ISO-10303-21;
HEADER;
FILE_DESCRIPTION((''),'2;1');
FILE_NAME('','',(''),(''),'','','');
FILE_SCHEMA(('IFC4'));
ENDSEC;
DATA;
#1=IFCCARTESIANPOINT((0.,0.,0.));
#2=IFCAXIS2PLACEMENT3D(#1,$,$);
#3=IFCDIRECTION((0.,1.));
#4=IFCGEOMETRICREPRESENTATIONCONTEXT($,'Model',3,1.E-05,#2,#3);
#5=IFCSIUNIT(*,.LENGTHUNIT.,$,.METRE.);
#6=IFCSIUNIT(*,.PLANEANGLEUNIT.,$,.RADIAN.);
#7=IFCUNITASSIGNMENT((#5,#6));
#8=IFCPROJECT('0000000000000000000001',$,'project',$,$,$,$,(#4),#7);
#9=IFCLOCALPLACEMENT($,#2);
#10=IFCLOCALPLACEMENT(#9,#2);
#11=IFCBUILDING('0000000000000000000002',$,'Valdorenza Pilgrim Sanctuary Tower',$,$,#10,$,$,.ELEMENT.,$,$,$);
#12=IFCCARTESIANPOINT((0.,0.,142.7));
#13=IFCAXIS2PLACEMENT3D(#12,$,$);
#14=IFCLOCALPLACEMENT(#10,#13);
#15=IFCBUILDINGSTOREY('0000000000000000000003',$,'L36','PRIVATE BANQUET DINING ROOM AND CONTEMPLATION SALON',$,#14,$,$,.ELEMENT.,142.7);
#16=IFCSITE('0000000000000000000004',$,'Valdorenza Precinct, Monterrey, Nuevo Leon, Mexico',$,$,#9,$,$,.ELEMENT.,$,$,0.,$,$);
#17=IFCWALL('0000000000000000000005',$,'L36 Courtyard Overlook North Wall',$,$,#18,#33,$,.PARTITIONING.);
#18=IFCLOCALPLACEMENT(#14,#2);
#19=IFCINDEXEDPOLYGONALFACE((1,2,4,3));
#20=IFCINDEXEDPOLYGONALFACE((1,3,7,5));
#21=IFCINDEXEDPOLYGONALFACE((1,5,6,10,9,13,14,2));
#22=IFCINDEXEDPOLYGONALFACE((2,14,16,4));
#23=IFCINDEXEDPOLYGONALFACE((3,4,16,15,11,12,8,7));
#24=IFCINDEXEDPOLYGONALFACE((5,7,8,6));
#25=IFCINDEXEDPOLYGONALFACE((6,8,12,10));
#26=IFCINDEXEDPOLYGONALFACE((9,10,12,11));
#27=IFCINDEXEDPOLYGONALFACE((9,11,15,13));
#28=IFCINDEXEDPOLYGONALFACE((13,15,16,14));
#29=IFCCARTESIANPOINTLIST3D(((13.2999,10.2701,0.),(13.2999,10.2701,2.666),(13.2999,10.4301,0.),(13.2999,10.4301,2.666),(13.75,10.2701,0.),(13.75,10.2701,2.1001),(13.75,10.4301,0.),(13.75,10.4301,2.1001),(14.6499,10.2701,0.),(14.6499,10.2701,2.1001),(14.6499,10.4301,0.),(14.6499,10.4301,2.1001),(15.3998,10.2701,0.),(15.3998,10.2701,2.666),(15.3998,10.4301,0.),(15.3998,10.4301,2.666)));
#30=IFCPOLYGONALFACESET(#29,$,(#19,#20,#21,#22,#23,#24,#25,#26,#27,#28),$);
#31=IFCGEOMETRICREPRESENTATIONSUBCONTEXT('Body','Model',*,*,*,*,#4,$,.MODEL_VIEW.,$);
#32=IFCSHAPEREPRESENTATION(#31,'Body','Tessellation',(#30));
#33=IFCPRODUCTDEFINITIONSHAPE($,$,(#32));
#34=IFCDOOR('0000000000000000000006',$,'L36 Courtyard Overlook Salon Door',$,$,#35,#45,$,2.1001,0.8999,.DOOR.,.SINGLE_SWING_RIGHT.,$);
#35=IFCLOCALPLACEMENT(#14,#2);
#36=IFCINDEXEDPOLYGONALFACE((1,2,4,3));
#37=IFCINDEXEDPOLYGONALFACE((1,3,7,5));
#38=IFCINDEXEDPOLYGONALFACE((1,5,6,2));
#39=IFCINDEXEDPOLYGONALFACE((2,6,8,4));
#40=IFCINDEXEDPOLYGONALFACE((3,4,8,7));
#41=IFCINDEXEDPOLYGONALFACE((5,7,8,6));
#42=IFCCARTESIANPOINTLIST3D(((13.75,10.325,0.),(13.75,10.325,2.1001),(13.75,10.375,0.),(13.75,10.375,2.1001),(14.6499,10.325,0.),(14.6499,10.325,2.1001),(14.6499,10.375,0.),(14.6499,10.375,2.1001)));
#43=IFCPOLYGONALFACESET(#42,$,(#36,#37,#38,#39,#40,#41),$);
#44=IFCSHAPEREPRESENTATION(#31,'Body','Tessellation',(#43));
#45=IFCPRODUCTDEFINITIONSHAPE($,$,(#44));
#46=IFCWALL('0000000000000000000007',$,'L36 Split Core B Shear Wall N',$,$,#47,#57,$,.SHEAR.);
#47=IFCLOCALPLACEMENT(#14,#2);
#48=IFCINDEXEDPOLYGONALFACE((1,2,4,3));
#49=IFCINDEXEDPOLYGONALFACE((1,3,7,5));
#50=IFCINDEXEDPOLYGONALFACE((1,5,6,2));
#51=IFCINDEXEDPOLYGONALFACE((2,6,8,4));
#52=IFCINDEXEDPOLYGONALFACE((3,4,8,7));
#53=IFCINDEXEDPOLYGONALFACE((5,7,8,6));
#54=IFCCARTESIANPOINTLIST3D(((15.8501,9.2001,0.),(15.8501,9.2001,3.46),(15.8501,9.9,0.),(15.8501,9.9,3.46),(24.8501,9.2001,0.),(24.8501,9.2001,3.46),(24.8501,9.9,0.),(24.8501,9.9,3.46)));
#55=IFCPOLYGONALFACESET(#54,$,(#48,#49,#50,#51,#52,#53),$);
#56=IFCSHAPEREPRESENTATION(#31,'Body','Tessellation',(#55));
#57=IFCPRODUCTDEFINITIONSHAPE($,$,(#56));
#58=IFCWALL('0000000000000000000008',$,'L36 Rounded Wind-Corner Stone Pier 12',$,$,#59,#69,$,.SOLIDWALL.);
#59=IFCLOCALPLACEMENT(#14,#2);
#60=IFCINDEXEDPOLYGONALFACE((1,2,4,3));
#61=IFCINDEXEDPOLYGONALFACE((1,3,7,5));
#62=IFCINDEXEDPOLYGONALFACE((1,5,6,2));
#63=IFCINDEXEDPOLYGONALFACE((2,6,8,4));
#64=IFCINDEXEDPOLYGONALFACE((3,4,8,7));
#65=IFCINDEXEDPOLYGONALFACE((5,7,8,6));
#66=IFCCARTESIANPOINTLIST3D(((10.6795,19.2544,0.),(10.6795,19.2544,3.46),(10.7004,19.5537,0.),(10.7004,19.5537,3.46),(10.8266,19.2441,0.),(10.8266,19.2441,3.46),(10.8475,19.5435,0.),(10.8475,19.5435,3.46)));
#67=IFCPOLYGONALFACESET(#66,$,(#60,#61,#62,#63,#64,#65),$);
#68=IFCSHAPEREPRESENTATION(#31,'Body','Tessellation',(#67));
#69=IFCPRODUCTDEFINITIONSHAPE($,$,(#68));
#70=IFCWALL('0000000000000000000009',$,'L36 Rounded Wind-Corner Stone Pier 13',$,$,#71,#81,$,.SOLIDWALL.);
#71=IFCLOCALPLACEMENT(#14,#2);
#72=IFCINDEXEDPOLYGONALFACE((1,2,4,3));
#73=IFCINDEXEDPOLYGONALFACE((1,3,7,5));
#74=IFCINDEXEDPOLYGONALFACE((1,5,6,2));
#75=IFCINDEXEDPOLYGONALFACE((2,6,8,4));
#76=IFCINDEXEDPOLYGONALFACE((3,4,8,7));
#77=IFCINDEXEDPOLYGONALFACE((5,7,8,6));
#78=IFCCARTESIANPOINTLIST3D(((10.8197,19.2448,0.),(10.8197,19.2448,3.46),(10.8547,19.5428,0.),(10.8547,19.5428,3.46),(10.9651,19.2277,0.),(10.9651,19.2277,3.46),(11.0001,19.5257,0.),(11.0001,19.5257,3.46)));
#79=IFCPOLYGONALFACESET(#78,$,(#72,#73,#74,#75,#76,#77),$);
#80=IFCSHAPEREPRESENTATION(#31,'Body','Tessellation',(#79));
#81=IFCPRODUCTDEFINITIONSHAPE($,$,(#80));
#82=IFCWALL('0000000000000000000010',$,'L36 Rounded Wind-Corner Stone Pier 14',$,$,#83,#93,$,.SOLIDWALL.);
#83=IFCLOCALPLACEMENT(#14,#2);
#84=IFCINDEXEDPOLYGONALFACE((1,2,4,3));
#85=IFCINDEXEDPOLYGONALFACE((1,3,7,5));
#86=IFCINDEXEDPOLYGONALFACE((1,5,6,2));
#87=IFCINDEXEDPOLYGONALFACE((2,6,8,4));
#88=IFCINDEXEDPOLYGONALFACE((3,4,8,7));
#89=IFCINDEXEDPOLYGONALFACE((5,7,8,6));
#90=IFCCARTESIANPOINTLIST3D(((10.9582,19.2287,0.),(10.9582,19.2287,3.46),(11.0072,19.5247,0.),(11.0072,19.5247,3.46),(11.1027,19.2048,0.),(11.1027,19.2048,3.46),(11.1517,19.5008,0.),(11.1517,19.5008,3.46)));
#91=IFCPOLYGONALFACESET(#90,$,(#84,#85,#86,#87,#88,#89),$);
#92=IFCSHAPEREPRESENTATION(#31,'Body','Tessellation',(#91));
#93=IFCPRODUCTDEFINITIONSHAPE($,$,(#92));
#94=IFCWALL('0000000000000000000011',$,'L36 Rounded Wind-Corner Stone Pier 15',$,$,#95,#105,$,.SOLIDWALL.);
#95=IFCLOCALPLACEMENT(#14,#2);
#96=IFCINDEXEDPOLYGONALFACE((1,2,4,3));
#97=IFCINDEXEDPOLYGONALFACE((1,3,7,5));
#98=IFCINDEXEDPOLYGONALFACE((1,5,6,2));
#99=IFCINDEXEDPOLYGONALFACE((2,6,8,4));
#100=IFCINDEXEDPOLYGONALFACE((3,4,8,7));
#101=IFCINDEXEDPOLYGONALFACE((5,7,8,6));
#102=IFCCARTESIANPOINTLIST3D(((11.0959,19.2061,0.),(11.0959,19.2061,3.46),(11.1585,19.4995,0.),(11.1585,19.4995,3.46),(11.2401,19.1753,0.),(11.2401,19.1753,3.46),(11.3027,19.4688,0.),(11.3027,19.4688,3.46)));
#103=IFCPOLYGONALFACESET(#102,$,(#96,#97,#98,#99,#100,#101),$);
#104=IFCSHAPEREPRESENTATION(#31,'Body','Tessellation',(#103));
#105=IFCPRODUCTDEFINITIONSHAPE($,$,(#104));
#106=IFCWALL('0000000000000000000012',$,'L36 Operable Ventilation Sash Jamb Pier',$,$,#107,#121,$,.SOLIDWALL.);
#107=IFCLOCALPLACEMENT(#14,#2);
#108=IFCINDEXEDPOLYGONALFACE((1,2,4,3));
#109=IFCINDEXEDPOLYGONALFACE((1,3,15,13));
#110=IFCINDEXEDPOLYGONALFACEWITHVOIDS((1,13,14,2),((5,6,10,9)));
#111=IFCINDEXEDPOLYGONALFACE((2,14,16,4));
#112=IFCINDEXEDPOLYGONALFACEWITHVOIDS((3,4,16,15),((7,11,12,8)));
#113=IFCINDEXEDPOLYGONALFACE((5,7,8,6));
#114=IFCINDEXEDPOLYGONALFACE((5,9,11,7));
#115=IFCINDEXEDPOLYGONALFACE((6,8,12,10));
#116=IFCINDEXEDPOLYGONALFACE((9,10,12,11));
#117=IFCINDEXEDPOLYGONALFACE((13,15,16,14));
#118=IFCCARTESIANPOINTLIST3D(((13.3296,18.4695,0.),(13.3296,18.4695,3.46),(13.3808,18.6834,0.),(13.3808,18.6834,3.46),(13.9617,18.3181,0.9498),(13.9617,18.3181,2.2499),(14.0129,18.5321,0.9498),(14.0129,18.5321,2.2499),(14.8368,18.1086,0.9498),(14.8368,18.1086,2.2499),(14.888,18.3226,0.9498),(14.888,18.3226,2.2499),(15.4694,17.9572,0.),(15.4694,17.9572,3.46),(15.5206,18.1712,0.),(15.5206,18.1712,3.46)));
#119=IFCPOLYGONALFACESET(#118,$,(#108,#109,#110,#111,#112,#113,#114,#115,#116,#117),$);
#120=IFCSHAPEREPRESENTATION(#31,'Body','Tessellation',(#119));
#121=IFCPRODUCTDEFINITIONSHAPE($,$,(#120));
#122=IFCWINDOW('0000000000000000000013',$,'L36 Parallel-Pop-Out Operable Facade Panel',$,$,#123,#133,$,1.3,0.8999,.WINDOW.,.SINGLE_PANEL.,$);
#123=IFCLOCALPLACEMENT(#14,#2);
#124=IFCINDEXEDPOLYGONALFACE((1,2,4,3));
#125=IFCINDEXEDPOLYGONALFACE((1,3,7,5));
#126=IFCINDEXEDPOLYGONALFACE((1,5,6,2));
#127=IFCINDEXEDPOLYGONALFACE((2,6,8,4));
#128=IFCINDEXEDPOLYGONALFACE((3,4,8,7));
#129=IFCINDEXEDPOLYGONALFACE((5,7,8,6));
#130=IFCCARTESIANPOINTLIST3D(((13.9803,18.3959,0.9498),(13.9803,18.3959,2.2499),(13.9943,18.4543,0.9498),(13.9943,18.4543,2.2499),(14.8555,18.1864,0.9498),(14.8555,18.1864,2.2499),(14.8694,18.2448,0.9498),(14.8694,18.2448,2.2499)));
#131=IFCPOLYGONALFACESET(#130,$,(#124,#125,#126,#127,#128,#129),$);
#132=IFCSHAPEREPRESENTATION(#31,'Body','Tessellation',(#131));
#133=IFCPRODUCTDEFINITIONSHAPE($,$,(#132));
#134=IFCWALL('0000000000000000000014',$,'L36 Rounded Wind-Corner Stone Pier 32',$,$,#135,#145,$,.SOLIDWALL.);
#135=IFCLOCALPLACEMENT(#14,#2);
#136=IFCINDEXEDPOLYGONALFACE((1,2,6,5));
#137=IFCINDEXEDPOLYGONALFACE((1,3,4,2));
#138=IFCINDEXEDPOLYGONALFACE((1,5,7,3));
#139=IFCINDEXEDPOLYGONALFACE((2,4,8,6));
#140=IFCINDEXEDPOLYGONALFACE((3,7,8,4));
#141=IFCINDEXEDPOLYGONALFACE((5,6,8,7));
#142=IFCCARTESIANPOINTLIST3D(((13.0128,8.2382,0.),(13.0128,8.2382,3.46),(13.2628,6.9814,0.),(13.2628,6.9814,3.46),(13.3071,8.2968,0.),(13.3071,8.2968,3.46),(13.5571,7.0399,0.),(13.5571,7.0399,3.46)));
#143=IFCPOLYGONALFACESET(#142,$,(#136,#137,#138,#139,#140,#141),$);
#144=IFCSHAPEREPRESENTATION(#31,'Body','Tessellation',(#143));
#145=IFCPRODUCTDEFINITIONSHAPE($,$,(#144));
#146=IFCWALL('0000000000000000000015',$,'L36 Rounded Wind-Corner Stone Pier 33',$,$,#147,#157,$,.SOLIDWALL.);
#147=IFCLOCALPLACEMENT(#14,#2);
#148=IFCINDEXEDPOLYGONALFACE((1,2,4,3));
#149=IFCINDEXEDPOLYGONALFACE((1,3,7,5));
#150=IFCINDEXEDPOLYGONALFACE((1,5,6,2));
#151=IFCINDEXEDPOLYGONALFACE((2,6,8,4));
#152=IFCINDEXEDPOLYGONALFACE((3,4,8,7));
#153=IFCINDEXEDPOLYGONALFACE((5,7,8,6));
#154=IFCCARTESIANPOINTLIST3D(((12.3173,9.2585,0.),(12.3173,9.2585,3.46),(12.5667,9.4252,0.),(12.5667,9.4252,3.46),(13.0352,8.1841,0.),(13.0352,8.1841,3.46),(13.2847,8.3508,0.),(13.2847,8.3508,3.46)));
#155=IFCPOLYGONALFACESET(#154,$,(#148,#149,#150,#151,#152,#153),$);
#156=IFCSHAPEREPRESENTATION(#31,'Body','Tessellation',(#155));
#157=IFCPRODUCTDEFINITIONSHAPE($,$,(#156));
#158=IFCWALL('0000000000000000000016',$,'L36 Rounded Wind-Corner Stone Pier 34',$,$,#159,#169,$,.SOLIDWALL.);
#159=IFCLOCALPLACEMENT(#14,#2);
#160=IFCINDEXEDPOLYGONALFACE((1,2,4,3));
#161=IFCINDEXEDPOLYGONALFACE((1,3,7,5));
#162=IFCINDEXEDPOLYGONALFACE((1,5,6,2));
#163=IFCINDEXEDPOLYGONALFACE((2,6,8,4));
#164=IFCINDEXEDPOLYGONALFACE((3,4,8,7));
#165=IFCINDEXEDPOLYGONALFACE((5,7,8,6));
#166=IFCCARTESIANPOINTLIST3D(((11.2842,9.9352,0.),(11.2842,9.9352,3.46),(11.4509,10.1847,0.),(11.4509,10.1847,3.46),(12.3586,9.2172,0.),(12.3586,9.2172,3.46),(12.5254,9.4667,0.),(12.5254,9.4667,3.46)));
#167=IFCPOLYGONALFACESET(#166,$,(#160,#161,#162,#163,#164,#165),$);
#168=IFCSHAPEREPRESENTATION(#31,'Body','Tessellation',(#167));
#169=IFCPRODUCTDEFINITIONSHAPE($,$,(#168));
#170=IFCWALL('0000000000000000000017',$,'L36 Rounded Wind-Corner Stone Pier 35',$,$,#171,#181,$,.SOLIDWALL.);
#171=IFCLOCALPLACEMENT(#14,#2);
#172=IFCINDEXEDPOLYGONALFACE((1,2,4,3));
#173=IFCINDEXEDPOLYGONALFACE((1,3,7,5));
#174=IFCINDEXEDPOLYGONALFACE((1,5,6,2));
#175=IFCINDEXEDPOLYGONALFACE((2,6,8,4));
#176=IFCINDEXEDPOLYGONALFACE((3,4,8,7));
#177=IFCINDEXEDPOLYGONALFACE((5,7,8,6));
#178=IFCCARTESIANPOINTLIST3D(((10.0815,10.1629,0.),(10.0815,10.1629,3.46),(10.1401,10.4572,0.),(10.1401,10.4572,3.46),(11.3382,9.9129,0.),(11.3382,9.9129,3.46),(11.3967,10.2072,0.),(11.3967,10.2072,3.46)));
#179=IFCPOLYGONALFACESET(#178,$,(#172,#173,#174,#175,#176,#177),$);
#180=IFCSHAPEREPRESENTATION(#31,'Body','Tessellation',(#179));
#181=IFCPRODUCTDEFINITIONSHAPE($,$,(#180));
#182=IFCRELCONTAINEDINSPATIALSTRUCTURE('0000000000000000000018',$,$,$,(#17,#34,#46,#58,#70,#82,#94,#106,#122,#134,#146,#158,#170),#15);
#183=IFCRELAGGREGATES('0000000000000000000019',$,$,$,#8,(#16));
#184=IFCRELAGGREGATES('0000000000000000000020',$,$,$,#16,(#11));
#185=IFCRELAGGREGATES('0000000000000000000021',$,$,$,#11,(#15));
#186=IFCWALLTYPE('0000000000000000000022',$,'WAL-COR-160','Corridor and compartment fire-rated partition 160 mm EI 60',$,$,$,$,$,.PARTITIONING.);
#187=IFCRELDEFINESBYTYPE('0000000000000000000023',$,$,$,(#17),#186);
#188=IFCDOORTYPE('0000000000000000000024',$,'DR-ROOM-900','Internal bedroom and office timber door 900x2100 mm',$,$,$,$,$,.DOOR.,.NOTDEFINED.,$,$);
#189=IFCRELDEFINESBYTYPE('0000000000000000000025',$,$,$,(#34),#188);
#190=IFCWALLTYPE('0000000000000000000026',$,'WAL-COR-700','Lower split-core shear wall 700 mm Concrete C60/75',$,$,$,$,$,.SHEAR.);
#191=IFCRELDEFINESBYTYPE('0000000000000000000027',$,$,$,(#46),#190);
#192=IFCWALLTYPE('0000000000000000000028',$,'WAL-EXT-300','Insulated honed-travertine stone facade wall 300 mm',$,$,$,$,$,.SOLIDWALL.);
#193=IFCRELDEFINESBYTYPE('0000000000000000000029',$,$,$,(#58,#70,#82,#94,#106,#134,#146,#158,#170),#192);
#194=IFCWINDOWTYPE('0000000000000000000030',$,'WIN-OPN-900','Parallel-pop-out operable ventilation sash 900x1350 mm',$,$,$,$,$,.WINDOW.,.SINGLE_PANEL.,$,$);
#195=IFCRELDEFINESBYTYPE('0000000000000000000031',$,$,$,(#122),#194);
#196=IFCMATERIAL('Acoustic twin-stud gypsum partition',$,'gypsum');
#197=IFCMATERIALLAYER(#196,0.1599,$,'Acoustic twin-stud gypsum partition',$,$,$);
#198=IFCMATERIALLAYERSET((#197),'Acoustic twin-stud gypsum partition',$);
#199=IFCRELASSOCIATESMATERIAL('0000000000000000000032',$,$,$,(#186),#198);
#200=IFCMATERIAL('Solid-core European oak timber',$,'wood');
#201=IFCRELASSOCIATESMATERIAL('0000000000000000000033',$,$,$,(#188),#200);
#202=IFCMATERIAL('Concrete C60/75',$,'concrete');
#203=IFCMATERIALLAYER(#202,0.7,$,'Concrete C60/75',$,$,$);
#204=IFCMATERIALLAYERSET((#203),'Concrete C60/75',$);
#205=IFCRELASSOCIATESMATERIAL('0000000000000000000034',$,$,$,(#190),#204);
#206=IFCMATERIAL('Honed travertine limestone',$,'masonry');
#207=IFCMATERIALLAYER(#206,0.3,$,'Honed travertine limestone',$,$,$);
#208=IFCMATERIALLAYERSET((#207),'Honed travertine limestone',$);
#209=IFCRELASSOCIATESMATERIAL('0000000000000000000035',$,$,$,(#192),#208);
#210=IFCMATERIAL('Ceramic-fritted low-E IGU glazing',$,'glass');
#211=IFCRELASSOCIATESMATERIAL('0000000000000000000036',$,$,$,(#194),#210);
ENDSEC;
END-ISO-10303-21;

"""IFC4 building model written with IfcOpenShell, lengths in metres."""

from ifc_helpers import new_model, si_unit, direction, frame, frame_2d, origin, place, context, subcontext, project, spatial, rectangle, extrude, material, layer, layer_set, type_object, element, fill, save


model = new_model("IFC4")

# Units and contexts
model_context = context("Model", 3, precision=1e-05, world=origin(), true_north=direction((0.0, 1.0)))
body_context = subcontext(model_context, "Body", "Model", "MODEL_VIEW")
ifc_project = project(units=[si_unit("LENGTHUNIT", "METRE"), si_unit("PLANEANGLEUNIT", "RADIAN")], contexts=[model_context])

# Site, building, storey
site_placement = place(None, origin())
site = spatial("IfcSite", under=ifc_project, at=site_placement, Name="Valdorenza Precinct, Monterrey, Nuevo Leon, Mexico", CompositionType="ELEMENT", RefElevation=0.0)
building_placement = place(site_placement, origin())
building = spatial("IfcBuilding", under=site, at=building_placement, Name="Valdorenza Pilgrim Sanctuary Tower", CompositionType="ELEMENT")
storey_placement = place(building_placement, frame((0.0, 0.0, 142.7)))
storey = spatial("IfcBuildingStorey", under=building, at=storey_placement, Name="L36", Description="PRIVATE BANQUET DINING ROOM AND CONTEMPLATION SALON", CompositionType="ELEMENT", Elevation=142.7)

# Shared definitions
ifc_material_1 = material(Name="Concrete C60/75", Category="concrete")

# Shared definitions
ifc_material_2 = material(Name="Honed travertine limestone", Category="masonry")
ifc_material_3 = material(Name="Ceramic-fritted low-E IGU glazing", Category="glass")

# Shared definitions
ifc_material_4 = material(Name="Acoustic twin-stud gypsum partition", Category="gypsum")
ifc_layer_1 = layer(ifc_material_4, 0.1599, Name="Acoustic twin-stud gypsum partition")
ifc_layer_set_1 = layer_set([ifc_layer_1], Name="Acoustic twin-stud gypsum partition")
wall_type_1 = type_object("IfcWallType", Name="WAL-COR-160", Description="Corridor and compartment fire-rated partition 160 mm EI 60", PredefinedType="PARTITIONING", material=ifc_layer_set_1)

# Shared definitions
ifc_material_5 = material(Name="Solid-core European oak timber", Category="wood")
door_type = type_object("IfcDoorType", Name="DR-ROOM-900", Description="Internal bedroom and office timber door 900x2100 mm", OperationType="NOTDEFINED", PredefinedType="DOOR", material=ifc_material_5)

# Wall, opening, door
wall_1_placement = place(storey_placement, frame((13.3, 10.3501, 0.0), z_axis=(0.0, 0.0, 1.0), x_axis=(1.0, 0.0, 0.0)))
wall_1 = element("IfcWall", 1, at=wall_1_placement, inside=storey, type_object=wall_type_1, Name="L36 Courtyard Overlook North Wall", PredefinedType="PARTITIONING", context=body_context, shape_type="SweptSolid", body=[
    extrude(rectangle(XDim=2.0999, YDim=0.1599, at=frame_2d((1.0498, 0.0))), origin(), (0.0, 0.0, 1.0), 2.666),
])
opening_1_placement = place(wall_1_placement, frame((0.45, 0.0, 0.0)))
opening_1 = element("IfcOpeningElement", 2, at=opening_1_placement, cuts=wall_1, PredefinedType="OPENING", context=body_context, shape_type="SweptSolid", body=[
    extrude(rectangle(XDim=0.8999, YDim=2.1001, at=frame_2d((0.45, 1.05))), frame((0.0, 0.0947, 0.0), z_axis=(0.0, -1.0, 0.0), x_axis=(1.0, 0.0, 0.0)), (0.0, 0.0, 1.0), 0.1897),
])
door_1_placement = place(opening_1_placement, origin())
door_1 = element("IfcDoor", 3, at=door_1_placement, inside=storey, type_object=door_type, Name="L36 Courtyard Overlook Salon Door", OperationType="SINGLE_SWING_RIGHT", OverallHeight=2.1001, OverallWidth=0.8999, PredefinedType="DOOR", context=body_context, shape_type="SweptSolid", body=[
    extrude(rectangle(XDim=0.8999, YDim=2.1001, at=frame_2d((0.45, 1.05))), frame((0.0, 0.0249, 0.0), z_axis=(0.0, -1.0, 0.0), x_axis=(1.0, 0.0, 0.0)), (0.0, 0.0, 1.0), 0.05),
])
fill(opening_1, door_1)

# Walls
ifc_layer_2 = layer(ifc_material_1, 0.7, Name="Concrete C60/75")
ifc_layer_set_2 = layer_set([ifc_layer_2], Name="Concrete C60/75")
wall_type_2 = type_object("IfcWallType", Name="WAL-COR-700", Description="Lower split-core shear wall 700 mm Concrete C60/75", PredefinedType="SHEAR", material=ifc_layer_set_2)
wall_2_placement = place(storey_placement, frame((15.8501, 9.55, 0.0), z_axis=(0.0, 0.0, 1.0), x_axis=(1.0, 0.0, 0.0)))
element("IfcWall", 4, at=wall_2_placement, inside=storey, type_object=wall_type_2, Name="L36 Split Core B Shear Wall N", PredefinedType="SHEAR", context=body_context, shape_type="SweptSolid", body=[
    extrude(rectangle(XDim=9.0, YDim=0.7, at=frame_2d((4.5, 0.0))), origin(), (0.0, 0.0, 1.0), 3.46),
])
ifc_layer_3 = layer(ifc_material_2, 0.3, Name="Honed travertine limestone")
ifc_layer_set_3 = layer_set([ifc_layer_3], Name="Honed travertine limestone")
wall_type_3 = type_object("IfcWallType", Name="WAL-EXT-300", Description="Insulated honed-travertine stone facade wall 300 mm", PredefinedType="SOLIDWALL", material=ifc_layer_set_3)
wall_3_placement = place(storey_placement, frame((10.6899, 19.4041, 0.0), z_axis=(0.0, 0.0, 1.0), x_axis=(0.997583, -0.069483, 0.0)))
element("IfcWall", 5, at=wall_3_placement, inside=storey, type_object=wall_type_3, Name="L36 Rounded Wind-Corner Stone Pier 12", PredefinedType="SOLIDWALL", context=body_context, shape_type="SweptSolid", body=[
    extrude(rectangle(XDim=0.1475, YDim=0.3, at=frame_2d((0.0737, 0.0))), origin(), (0.0, 0.0, 1.0), 3.46),
])
for number, where, z_axis, x_axis, name in (
    (6, (10.8372, 19.3938, 0.0), (0.0, 0.0, 1.0), (0.993173, -0.116648, 0.0), "L36 Rounded Wind-Corner Stone Pier 13"),
    (7, (10.9827, 19.3767, 0.0), (0.0, 0.0, 1.0), (0.986573, -0.163318, 0.0), "L36 Rounded Wind-Corner Stone Pier 14"),
):
    element("IfcWall", number, at=place(storey_placement, frame(where, z_axis=z_axis, x_axis=x_axis)), inside=storey, type_object=wall_type_3, Name=name, PredefinedType="SOLIDWALL", context=body_context, shape_type="SweptSolid", body=[
        extrude(rectangle(XDim=0.1465, YDim=0.3, at=frame_2d((0.0732, 0.0))), origin(), (0.0, 0.0, 1.0), 3.46),
    ])
wall_4_placement = place(storey_placement, frame((11.1272, 19.3528, 0.0), z_axis=(0.0, 0.0, 1.0), x_axis=(0.97802, -0.208512, 0.0)))
element("IfcWall", 8, at=wall_4_placement, inside=storey, type_object=wall_type_3, Name="L36 Rounded Wind-Corner Stone Pier 15", PredefinedType="SOLIDWALL", context=body_context, shape_type="SweptSolid", body=[
    extrude(rectangle(XDim=0.1475, YDim=0.3, at=frame_2d((0.0737, 0.0))), origin(), (0.0, 0.0, 1.0), 3.46),
])

# Wall, opening, window
wall_5_placement = place(storey_placement, frame((13.3552, 18.5764, 0.0), z_axis=(0.0, 0.0, 1.0), x_axis=(0.972522, -0.232811, 0.0)))
wall_5 = element("IfcWall", 9, at=wall_5_placement, inside=storey, type_object=wall_type_3, Name="L36 Operable Ventilation Sash Jamb Pier", PredefinedType="SOLIDWALL", context=body_context, shape_type="SweptSolid", body=[
    extrude(rectangle(XDim=2.2002, YDim=0.22, at=frame_2d((1.1001, 0.0))), origin(), (0.0, 0.0, 1.0), 3.46),
])
opening_2_placement = place(wall_5_placement, frame((0.6499, 0.0, 0.95)))
opening_2 = element("IfcOpeningElement", 10, at=opening_2_placement, cuts=wall_5, PredefinedType="OPENING", context=body_context, shape_type="SweptSolid", body=[
    extrude(rectangle(XDim=0.8999, YDim=1.3, at=frame_2d((0.45, 0.6499))), frame((0.0, 0.125, 0.0), z_axis=(0.0, -1.0, 0.0), x_axis=(1.0, 0.0, 0.0)), (0.0, 0.0, 1.0), 0.2498),
])
window_type = type_object("IfcWindowType", Name="WIN-OPN-900", Description="Parallel-pop-out operable ventilation sash 900x1350 mm", PartitioningType="SINGLE_PANEL", PredefinedType="WINDOW", material=ifc_material_3)
window_placement = place(opening_2_placement, origin())
window = element("IfcWindow", 11, at=window_placement, inside=storey, type_object=window_type, Name="L36 Parallel-Pop-Out Operable Facade Panel", OverallHeight=1.3, OverallWidth=0.8999, PartitioningType="SINGLE_PANEL", PredefinedType="WINDOW", context=body_context, shape_type="SweptSolid", body=[
    extrude(rectangle(XDim=0.8999, YDim=1.3, at=frame_2d((0.45, 0.6499))), frame((0.0, 0.03, 0.0), z_axis=(0.0, -1.0, 0.0), x_axis=(1.0, 0.0, 0.0)), (0.0, 0.0, 1.0), 0.0601),
])
fill(opening_2, window)

# Walls
wall_6_placement = place(storey_placement, frame((13.4099, 7.0107, 0.0), z_axis=(0.0, 0.0, 1.0), x_axis=(-0.19509, 0.980785, 0.0)))
element("IfcWall", 12, at=wall_6_placement, inside=storey, type_object=wall_type_3, Name="L36 Rounded Wind-Corner Stone Pier 32", PredefinedType="SOLIDWALL", context=body_context, shape_type="SweptSolid", body=[
    extrude(rectangle(XDim=1.2815, YDim=0.3, at=frame_2d((0.6406, 0.0))), origin(), (0.0, 0.0, 1.0), 3.46),
])
for number, where, z_axis, x_axis, name in (
    (13, (13.1599, 8.2676, 0.0), (0.0, 0.0, 1.0), (-0.555615, 0.831439, 0.0), "L36 Rounded Wind-Corner Stone Pier 33"),
    (14, (12.4419, 9.342, 0.0), (0.0, 0.0, 1.0), (-0.831439, 0.555615, 0.0), "L36 Rounded Wind-Corner Stone Pier 34"),
):
    element("IfcWall", number, at=place(storey_placement, frame(where, z_axis=z_axis, x_axis=x_axis)), inside=storey, type_object=wall_type_3, Name=name, PredefinedType="SOLIDWALL", context=body_context, shape_type="SweptSolid", body=[
        extrude(rectangle(XDim=1.2922, YDim=0.3, at=frame_2d((0.646, 0.0))), origin(), (0.0, 0.0, 1.0), 3.46),
    ])
wall_7_placement = place(storey_placement, frame((11.3674, 10.0601, 0.0), z_axis=(0.0, 0.0, 1.0), x_axis=(-0.980778, 0.195127, 0.0)))
element("IfcWall", 15, at=wall_7_placement, inside=storey, type_object=wall_type_3, Name="L36 Rounded Wind-Corner Stone Pier 35", PredefinedType="SOLIDWALL", context=body_context, shape_type="SweptSolid", body=[
    extrude(rectangle(XDim=1.2812, YDim=0.3, at=frame_2d((0.6406, 0.0))), origin(), (0.0, 0.0, 1.0), 3.46),
])

save(model, "model.ifc")
